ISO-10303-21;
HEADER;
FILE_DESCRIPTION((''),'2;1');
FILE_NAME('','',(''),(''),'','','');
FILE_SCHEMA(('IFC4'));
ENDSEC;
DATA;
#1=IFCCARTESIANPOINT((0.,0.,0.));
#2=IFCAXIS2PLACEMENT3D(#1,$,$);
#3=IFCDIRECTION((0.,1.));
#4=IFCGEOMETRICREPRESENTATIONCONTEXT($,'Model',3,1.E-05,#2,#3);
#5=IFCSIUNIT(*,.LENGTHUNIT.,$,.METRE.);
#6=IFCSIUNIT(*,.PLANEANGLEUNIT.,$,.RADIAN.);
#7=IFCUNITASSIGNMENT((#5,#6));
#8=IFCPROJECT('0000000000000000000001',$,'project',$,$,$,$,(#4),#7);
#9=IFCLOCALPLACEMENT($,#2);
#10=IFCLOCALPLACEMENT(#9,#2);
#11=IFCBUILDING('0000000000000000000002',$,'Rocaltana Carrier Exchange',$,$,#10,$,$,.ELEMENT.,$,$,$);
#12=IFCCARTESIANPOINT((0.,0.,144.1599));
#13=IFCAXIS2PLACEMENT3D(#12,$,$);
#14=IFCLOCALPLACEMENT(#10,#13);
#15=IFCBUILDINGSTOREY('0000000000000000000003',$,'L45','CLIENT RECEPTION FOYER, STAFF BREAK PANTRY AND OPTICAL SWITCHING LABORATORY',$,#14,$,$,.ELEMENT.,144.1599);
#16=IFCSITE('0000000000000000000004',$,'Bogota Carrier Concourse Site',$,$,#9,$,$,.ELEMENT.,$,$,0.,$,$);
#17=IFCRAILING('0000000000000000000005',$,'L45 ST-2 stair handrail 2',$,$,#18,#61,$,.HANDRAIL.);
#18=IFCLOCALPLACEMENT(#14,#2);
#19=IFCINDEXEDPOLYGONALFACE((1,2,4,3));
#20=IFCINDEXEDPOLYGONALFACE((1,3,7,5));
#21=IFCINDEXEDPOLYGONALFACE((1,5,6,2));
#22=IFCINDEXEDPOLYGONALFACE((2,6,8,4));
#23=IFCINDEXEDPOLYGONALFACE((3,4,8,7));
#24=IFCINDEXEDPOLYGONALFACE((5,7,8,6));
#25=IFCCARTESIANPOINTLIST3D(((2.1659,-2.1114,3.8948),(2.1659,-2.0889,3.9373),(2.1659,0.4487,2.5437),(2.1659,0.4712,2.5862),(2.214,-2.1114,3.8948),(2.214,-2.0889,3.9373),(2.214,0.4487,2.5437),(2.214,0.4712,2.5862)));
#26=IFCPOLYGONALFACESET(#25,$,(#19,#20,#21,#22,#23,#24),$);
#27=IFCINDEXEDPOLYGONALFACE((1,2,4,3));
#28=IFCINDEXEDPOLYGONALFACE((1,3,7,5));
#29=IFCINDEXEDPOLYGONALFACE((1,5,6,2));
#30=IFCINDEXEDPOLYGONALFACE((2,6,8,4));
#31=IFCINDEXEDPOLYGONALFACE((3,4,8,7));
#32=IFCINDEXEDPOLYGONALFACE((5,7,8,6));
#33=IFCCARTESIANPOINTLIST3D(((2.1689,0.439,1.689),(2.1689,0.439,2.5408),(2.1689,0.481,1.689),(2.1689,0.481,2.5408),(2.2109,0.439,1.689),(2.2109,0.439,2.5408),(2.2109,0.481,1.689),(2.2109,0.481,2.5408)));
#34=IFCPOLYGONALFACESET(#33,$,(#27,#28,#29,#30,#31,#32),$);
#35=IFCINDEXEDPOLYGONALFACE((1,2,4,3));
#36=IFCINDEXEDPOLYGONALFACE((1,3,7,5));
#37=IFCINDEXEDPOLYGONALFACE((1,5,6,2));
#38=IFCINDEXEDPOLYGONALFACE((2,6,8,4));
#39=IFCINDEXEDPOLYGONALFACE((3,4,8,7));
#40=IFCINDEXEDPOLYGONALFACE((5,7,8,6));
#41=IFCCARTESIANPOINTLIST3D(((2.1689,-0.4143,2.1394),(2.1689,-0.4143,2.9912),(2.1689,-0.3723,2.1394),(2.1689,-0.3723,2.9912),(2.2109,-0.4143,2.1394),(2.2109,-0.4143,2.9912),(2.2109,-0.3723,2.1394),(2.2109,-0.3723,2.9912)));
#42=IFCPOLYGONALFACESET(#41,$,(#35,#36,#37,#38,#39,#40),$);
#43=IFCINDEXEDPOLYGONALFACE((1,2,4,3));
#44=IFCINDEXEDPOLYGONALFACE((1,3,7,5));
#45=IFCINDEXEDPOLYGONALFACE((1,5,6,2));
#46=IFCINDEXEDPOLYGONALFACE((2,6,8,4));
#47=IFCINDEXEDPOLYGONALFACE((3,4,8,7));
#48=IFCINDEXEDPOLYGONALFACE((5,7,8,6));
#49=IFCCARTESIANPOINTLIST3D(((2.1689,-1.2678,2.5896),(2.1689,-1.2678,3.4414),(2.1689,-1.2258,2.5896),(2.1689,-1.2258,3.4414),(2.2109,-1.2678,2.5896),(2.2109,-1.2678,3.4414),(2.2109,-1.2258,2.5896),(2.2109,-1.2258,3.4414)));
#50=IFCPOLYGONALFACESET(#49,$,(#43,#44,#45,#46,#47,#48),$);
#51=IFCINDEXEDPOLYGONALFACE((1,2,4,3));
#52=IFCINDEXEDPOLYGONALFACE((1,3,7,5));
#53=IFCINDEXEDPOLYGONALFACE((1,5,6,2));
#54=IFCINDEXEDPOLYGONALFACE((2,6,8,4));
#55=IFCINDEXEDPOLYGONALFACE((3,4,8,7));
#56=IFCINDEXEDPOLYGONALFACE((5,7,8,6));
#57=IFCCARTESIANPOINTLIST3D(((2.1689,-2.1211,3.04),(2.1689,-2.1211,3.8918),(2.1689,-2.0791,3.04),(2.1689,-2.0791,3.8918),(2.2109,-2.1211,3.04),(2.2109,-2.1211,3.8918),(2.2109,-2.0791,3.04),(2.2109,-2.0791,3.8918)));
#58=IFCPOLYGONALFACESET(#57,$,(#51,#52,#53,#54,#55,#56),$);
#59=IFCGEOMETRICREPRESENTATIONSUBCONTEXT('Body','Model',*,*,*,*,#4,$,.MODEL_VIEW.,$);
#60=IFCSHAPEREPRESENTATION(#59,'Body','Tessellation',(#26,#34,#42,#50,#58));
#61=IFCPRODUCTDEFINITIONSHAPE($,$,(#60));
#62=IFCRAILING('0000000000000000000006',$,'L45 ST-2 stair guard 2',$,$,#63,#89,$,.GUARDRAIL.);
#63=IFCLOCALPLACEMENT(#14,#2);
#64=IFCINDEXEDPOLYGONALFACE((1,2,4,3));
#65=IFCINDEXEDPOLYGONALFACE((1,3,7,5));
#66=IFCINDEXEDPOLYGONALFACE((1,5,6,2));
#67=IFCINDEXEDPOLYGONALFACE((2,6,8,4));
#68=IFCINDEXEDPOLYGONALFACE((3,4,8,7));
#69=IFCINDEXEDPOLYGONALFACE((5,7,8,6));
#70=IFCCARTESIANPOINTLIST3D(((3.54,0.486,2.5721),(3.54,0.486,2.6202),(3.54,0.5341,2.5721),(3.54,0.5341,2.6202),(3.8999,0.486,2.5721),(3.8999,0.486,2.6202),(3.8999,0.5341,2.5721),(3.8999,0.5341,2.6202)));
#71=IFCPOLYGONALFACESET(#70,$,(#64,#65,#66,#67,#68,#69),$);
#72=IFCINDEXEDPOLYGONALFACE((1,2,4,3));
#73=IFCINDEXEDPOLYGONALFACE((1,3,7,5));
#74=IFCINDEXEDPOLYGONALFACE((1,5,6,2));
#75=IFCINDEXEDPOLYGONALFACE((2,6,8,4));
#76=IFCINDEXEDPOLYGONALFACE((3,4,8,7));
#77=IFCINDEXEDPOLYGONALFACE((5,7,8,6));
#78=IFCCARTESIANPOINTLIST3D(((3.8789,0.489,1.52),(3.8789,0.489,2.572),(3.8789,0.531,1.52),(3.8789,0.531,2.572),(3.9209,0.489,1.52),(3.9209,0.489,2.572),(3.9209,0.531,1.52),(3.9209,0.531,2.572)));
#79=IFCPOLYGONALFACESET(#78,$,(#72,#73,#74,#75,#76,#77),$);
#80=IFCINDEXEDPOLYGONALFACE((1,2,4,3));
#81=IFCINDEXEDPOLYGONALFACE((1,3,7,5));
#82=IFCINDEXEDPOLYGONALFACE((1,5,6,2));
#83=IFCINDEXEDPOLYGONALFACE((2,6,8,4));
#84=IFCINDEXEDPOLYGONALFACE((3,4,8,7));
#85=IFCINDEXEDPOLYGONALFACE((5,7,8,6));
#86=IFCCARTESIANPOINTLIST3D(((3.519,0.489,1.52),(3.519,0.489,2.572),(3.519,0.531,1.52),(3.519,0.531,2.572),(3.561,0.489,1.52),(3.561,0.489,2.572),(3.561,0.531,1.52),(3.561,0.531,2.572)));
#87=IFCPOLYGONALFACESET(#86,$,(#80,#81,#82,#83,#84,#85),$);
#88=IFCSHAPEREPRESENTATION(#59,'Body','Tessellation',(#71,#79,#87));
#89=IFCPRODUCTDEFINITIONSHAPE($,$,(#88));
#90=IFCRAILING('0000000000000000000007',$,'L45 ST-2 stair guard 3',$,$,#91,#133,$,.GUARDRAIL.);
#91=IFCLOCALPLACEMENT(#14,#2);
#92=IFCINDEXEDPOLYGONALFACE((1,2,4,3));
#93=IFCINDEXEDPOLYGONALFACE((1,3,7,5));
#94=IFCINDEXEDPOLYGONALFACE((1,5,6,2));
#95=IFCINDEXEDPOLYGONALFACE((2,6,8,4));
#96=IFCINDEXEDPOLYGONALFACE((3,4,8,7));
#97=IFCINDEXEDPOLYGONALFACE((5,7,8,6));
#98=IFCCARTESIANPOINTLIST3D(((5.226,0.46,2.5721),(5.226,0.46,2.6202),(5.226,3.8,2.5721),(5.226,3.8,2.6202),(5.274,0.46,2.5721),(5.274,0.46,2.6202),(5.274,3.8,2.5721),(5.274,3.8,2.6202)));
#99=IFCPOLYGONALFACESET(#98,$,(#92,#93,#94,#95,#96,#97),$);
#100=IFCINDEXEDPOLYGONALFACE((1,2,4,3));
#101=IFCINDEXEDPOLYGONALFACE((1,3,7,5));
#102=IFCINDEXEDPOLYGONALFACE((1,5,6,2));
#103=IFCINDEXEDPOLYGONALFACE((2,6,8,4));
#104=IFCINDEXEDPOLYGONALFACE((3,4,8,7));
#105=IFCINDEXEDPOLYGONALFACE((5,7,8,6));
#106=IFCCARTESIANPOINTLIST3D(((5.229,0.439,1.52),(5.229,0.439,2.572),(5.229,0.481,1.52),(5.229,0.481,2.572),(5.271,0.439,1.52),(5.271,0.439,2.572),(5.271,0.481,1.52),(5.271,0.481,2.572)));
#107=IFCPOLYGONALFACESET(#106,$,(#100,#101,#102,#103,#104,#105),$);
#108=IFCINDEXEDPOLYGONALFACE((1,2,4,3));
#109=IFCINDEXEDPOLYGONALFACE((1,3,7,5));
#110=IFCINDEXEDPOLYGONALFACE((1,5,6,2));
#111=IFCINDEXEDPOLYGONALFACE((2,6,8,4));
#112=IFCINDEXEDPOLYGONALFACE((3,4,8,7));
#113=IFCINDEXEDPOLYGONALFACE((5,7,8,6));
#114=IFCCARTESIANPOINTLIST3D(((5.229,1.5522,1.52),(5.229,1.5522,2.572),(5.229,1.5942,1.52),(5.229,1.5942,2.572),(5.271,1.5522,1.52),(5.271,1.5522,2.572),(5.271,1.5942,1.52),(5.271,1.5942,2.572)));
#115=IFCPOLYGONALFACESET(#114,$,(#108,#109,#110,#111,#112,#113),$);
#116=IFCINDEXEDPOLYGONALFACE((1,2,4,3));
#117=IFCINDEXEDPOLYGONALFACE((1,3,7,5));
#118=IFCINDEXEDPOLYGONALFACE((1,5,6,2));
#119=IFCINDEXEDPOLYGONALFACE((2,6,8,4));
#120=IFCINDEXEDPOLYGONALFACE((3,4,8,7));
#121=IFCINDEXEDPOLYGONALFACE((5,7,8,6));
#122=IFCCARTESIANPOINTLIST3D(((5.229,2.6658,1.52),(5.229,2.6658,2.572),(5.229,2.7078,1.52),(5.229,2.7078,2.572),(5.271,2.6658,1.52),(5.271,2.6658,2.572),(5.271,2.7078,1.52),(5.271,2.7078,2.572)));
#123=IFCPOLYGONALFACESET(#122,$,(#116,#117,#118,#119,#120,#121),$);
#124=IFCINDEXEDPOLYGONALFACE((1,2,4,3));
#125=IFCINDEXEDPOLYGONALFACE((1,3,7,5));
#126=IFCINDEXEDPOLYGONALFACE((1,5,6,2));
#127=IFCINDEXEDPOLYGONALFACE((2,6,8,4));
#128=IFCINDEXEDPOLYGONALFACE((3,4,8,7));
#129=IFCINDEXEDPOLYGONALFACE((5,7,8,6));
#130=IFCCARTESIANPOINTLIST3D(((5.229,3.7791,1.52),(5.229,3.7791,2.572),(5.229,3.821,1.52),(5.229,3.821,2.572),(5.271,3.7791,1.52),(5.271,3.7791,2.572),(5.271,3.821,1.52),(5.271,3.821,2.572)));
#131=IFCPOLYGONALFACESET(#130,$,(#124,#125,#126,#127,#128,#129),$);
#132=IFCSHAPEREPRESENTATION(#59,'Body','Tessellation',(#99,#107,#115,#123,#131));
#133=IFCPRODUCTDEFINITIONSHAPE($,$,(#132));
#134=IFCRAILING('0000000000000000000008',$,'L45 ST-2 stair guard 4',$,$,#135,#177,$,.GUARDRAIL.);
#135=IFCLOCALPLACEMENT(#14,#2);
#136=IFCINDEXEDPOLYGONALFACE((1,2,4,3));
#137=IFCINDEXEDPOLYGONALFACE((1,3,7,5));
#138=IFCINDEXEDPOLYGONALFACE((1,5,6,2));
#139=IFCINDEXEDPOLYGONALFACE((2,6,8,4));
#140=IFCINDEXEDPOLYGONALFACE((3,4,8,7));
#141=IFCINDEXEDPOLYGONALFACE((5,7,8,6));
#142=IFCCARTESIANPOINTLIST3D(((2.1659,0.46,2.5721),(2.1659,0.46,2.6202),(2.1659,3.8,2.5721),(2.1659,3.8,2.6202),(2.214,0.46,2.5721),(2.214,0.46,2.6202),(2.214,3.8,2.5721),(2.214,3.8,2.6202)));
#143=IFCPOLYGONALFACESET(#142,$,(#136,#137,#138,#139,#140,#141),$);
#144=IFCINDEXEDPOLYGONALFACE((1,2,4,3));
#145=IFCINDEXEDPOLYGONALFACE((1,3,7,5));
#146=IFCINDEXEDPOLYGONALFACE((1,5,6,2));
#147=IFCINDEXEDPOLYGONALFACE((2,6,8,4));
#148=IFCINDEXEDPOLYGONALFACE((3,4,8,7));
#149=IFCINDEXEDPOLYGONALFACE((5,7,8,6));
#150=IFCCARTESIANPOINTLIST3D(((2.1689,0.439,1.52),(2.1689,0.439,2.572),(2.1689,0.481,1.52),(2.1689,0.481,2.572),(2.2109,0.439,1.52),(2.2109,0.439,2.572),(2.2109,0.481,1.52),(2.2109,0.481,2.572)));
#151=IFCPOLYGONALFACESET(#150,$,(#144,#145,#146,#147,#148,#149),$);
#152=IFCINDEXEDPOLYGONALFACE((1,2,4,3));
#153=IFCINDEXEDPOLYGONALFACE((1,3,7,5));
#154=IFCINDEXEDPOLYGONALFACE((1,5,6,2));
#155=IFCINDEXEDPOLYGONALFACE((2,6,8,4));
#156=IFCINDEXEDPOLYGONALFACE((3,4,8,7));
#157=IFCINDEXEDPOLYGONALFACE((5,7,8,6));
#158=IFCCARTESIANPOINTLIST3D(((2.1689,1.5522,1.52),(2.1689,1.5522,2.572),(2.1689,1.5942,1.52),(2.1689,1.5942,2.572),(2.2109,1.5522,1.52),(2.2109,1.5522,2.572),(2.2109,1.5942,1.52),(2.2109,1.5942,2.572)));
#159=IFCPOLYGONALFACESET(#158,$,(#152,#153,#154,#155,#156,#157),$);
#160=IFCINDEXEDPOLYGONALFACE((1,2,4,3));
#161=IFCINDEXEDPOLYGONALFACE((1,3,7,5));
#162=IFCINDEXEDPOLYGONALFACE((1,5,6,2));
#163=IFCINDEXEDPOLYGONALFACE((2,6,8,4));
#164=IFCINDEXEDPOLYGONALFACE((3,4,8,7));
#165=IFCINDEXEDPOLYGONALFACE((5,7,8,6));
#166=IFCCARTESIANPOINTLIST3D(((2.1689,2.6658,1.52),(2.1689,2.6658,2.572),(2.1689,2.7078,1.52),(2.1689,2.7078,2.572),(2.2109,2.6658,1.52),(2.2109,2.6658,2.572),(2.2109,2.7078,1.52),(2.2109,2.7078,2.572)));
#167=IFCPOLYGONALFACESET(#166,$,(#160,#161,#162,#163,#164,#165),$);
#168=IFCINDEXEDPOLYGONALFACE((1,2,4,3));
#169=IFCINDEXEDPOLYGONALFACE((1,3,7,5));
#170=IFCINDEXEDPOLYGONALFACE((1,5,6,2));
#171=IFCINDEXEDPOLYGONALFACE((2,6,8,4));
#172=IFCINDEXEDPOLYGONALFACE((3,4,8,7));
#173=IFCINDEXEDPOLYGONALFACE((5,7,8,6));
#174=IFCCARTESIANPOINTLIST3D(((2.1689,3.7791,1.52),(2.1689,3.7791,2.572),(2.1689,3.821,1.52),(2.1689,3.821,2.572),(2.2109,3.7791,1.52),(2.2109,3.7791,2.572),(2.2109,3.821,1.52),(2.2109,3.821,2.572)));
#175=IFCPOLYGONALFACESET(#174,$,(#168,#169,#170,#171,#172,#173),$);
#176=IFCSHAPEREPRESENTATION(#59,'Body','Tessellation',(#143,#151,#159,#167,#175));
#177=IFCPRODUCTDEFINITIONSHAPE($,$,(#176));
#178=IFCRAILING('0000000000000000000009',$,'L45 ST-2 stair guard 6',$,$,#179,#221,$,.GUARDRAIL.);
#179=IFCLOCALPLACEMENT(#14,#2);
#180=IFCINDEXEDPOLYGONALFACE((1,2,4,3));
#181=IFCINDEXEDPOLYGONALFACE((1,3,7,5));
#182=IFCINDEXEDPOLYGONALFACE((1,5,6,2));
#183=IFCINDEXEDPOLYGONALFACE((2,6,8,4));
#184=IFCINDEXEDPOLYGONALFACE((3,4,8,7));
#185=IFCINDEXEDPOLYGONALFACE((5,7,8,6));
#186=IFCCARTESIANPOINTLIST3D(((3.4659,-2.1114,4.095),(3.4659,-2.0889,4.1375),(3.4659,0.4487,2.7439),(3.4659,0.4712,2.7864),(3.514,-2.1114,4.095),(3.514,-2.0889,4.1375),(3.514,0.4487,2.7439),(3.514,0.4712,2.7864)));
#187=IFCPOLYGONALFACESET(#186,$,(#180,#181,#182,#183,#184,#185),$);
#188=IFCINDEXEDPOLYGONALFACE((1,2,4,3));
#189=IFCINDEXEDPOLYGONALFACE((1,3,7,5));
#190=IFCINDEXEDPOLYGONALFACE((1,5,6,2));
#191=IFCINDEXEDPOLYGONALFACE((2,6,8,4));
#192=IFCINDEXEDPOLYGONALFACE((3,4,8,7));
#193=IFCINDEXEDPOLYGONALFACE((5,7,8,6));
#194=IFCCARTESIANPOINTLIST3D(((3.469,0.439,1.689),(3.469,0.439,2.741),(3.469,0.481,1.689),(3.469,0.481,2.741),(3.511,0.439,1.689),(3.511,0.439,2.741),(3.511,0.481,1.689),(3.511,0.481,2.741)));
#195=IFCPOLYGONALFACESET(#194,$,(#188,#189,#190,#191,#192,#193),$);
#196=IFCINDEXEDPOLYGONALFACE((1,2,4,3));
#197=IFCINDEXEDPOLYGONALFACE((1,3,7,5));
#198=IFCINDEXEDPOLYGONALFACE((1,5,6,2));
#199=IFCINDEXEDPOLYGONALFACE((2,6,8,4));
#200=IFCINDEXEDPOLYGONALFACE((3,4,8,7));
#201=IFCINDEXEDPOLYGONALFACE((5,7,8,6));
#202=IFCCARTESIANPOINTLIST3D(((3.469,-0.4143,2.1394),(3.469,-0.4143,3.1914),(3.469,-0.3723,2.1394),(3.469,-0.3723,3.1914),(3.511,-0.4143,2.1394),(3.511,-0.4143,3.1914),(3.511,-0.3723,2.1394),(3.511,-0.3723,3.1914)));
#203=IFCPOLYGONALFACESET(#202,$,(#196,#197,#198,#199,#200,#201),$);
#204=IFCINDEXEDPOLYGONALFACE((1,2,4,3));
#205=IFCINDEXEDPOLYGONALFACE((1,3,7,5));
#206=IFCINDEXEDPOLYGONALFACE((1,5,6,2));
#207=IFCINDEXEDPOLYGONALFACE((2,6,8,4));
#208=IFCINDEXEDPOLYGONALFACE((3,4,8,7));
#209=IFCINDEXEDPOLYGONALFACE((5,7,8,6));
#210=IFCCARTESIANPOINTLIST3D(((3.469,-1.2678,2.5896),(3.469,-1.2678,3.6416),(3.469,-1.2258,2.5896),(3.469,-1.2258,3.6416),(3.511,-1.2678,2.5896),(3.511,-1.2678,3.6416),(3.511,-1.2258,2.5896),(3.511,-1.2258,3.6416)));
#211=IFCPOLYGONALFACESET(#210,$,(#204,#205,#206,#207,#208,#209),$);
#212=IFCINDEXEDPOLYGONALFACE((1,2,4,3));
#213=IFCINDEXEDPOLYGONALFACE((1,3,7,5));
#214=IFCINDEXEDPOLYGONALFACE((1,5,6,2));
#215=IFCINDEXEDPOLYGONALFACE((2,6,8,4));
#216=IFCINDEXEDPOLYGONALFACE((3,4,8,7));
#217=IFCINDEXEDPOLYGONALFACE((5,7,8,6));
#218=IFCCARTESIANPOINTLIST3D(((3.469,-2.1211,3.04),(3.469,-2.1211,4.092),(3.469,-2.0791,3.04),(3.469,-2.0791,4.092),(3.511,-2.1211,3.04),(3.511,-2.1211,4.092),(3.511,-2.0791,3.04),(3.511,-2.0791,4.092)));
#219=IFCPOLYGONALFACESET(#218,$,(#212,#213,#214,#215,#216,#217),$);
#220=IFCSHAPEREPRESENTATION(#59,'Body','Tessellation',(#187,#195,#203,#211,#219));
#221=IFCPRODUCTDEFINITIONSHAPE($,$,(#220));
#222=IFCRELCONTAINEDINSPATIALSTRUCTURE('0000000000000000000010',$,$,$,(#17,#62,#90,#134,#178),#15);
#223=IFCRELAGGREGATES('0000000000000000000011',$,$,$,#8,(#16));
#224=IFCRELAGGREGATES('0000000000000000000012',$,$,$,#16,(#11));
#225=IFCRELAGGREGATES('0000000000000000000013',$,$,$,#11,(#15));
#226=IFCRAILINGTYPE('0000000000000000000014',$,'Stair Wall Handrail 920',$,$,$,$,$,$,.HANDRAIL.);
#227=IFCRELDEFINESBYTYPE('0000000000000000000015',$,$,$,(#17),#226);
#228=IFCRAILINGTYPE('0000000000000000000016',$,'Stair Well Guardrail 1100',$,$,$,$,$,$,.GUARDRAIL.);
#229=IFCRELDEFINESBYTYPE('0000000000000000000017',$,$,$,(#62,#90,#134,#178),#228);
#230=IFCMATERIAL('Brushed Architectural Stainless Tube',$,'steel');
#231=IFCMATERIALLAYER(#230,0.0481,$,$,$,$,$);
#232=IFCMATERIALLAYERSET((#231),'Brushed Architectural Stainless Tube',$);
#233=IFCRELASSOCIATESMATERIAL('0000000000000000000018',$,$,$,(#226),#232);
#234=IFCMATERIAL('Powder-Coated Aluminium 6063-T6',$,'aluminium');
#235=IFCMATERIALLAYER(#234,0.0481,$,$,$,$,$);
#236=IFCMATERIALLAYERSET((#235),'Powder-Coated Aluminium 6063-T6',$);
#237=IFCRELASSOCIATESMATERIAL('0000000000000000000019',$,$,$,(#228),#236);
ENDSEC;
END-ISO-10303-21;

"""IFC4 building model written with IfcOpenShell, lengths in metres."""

from ifc_helpers import new_model, si_unit, direction, frame, origin, origin_2d, place, context, subcontext, project, spatial, rectangle, extrude, material, layer, layer_set, type_object, element, save


model = new_model("IFC4")

# Units and contexts
model_context = context("Model", 3, precision=1e-05, world=origin(), true_north=direction((0.0, 1.0)))
body_context = subcontext(model_context, "Body", "Model", "MODEL_VIEW")
ifc_project = project(units=[si_unit("LENGTHUNIT", "METRE"), si_unit("PLANEANGLEUNIT", "RADIAN")], contexts=[model_context])

# Site, building, storey
site_placement = place(None, origin())
site = spatial("IfcSite", under=ifc_project, at=site_placement, Name="Bogota Carrier Concourse Site", CompositionType="ELEMENT", RefElevation=0.0)
building_placement = place(site_placement, origin())
building = spatial("IfcBuilding", under=site, at=building_placement, Name="Rocaltana Carrier Exchange", CompositionType="ELEMENT")
storey_placement = place(building_placement, frame((0.0, 0.0, 144.1599)))
storey = spatial("IfcBuildingStorey", under=building, at=storey_placement, Name="L45", Description="CLIENT RECEPTION FOYER, STAFF BREAK PANTRY AND OPTICAL SWITCHING LABORATORY", CompositionType="ELEMENT", Elevation=144.1599)

# Railings
ifc_material_1 = material(Name="Brushed Architectural Stainless Tube", Category="steel")
ifc_layer_1 = layer(ifc_material_1, 0.0481)
ifc_layer_set_1 = layer_set([ifc_layer_1], Name="Brushed Architectural Stainless Tube")
railing_type_1 = type_object("IfcRailingType", Name="Stair Wall Handrail 920", PredefinedType="HANDRAIL", material=ifc_layer_set_1)
railing_1_placement = place(storey_placement, frame((2.1899, 0.46, 1.689)))
element("IfcRailing", 1, at=railing_1_placement, inside=storey, type_object=railing_type_1, Name="L45 ST-2 stair handrail 2", PredefinedType="HANDRAIL", context=body_context, shape_type="SweptSolid", body=[
    extrude(rectangle(XDim=0.0481, YDim=0.0481, at=origin_2d()), frame((0.0, 0.0, 0.876), z_axis=(0.0, -0.884394, 0.46674), x_axis=(1.0, 0.0, 0.0)), (0.0, 0.0, 1.0), 2.8948),
    extrude(rectangle(XDim=0.042, YDim=0.042, at=origin_2d()), origin(), (0.0, 0.0, 1.0), 0.8518),
    extrude(rectangle(XDim=0.042, YDim=0.042, at=origin_2d()), frame((0.0, -0.8533, 0.4504)), (0.0, 0.0, 1.0), 0.8518),
    extrude(rectangle(XDim=0.042, YDim=0.042, at=origin_2d()), frame((0.0, -1.7068, 0.9006)), (0.0, 0.0, 1.0), 0.8518),
    extrude(rectangle(XDim=0.042, YDim=0.042, at=origin_2d()), frame((0.0, -2.5601, 1.3511)), (0.0, 0.0, 1.0), 0.8518),
])
ifc_material_2 = material(Name="Powder-Coated Aluminium 6063-T6", Category="aluminium")
ifc_layer_2 = layer(ifc_material_2, 0.0481)
ifc_layer_set_2 = layer_set([ifc_layer_2], Name="Powder-Coated Aluminium 6063-T6")
railing_type_2 = type_object("IfcRailingType", Name="Stair Well Guardrail 1100", PredefinedType="GUARDRAIL", material=ifc_layer_set_2)
railing_2_placement = place(storey_placement, frame((3.8999, 0.51, 1.52)))
element("IfcRailing", 2, at=railing_2_placement, inside=storey, type_object=railing_type_2, Name="L45 ST-2 stair guard 2", PredefinedType="GUARDRAIL", context=body_context, shape_type="SweptSolid", body=[
    extrude(rectangle(XDim=0.0481, YDim=0.0481, at=origin_2d()), frame((0.0, 0.0, 1.0762), z_axis=(-1.0, 0.0, 0.0), x_axis=(0.0, -1.0, 0.0)), (0.0, 0.0, 1.0), 0.3599),
    extrude(rectangle(XDim=0.042, YDim=0.042, at=origin_2d()), origin(), (0.0, 0.0, 1.0), 1.052),
    extrude(rectangle(XDim=0.042, YDim=0.042, at=origin_2d()), frame((-0.3599, 0.0, 0.0)), (0.0, 0.0, 1.0), 1.052),
])
for number, where, name in (
    (3, (5.25, 0.46, 1.52), "L45 ST-2 stair guard 3"),
    (4, (2.1899, 0.46, 1.52), "L45 ST-2 stair guard 4"),
):
    element("IfcRailing", number, at=place(storey_placement, frame(where)), inside=storey, type_object=railing_type_2, Name=name, PredefinedType="GUARDRAIL", context=body_context, shape_type="SweptSolid", body=[
        extrude(rectangle(XDim=0.0481, YDim=0.0481, at=origin_2d()), frame((0.0, 0.0, 1.0762), z_axis=(0.0, 1.0, 0.0), x_axis=(-1.0, 0.0, 0.0)), (0.0, 0.0, 1.0), 3.3401),
        extrude(rectangle(XDim=0.042, YDim=0.042, at=origin_2d()), origin(), (0.0, 0.0, 1.0), 1.052),
        extrude(rectangle(XDim=0.042, YDim=0.042, at=origin_2d()), frame((0.0, 1.1133, 0.0)), (0.0, 0.0, 1.0), 1.052),
        extrude(rectangle(XDim=0.042, YDim=0.042, at=origin_2d()), frame((0.0, 2.2268, 0.0)), (0.0, 0.0, 1.0), 1.052),
        extrude(rectangle(XDim=0.042, YDim=0.042, at=origin_2d()), frame((0.0, 3.3401, 0.0)), (0.0, 0.0, 1.0), 1.052),
    ])
railing_3_placement = place(storey_placement, frame((3.49, 0.46, 1.689)))
element("IfcRailing", 5, at=railing_3_placement, inside=storey, type_object=railing_type_2, Name="L45 ST-2 stair guard 6", PredefinedType="GUARDRAIL", context=body_context, shape_type="SweptSolid", body=[
    extrude(rectangle(XDim=0.0481, YDim=0.0481, at=origin_2d()), frame((0.0, 0.0, 1.0762), z_axis=(0.0, -0.884394, 0.46674), x_axis=(1.0, 0.0, 0.0)), (0.0, 0.0, 1.0), 2.8948),
    extrude(rectangle(XDim=0.042, YDim=0.042, at=origin_2d()), origin(), (0.0, 0.0, 1.0), 1.052),
    extrude(rectangle(XDim=0.042, YDim=0.042, at=origin_2d()), frame((0.0, -0.8533, 0.4504)), (0.0, 0.0, 1.0), 1.052),
    extrude(rectangle(XDim=0.042, YDim=0.042, at=origin_2d()), frame((0.0, -1.7068, 0.9006)), (0.0, 0.0, 1.0), 1.052),
    extrude(rectangle(XDim=0.042, YDim=0.042, at=origin_2d()), frame((0.0, -2.5601, 1.3511)), (0.0, 0.0, 1.0), 1.052),
])

save(model, "model.ifc")
